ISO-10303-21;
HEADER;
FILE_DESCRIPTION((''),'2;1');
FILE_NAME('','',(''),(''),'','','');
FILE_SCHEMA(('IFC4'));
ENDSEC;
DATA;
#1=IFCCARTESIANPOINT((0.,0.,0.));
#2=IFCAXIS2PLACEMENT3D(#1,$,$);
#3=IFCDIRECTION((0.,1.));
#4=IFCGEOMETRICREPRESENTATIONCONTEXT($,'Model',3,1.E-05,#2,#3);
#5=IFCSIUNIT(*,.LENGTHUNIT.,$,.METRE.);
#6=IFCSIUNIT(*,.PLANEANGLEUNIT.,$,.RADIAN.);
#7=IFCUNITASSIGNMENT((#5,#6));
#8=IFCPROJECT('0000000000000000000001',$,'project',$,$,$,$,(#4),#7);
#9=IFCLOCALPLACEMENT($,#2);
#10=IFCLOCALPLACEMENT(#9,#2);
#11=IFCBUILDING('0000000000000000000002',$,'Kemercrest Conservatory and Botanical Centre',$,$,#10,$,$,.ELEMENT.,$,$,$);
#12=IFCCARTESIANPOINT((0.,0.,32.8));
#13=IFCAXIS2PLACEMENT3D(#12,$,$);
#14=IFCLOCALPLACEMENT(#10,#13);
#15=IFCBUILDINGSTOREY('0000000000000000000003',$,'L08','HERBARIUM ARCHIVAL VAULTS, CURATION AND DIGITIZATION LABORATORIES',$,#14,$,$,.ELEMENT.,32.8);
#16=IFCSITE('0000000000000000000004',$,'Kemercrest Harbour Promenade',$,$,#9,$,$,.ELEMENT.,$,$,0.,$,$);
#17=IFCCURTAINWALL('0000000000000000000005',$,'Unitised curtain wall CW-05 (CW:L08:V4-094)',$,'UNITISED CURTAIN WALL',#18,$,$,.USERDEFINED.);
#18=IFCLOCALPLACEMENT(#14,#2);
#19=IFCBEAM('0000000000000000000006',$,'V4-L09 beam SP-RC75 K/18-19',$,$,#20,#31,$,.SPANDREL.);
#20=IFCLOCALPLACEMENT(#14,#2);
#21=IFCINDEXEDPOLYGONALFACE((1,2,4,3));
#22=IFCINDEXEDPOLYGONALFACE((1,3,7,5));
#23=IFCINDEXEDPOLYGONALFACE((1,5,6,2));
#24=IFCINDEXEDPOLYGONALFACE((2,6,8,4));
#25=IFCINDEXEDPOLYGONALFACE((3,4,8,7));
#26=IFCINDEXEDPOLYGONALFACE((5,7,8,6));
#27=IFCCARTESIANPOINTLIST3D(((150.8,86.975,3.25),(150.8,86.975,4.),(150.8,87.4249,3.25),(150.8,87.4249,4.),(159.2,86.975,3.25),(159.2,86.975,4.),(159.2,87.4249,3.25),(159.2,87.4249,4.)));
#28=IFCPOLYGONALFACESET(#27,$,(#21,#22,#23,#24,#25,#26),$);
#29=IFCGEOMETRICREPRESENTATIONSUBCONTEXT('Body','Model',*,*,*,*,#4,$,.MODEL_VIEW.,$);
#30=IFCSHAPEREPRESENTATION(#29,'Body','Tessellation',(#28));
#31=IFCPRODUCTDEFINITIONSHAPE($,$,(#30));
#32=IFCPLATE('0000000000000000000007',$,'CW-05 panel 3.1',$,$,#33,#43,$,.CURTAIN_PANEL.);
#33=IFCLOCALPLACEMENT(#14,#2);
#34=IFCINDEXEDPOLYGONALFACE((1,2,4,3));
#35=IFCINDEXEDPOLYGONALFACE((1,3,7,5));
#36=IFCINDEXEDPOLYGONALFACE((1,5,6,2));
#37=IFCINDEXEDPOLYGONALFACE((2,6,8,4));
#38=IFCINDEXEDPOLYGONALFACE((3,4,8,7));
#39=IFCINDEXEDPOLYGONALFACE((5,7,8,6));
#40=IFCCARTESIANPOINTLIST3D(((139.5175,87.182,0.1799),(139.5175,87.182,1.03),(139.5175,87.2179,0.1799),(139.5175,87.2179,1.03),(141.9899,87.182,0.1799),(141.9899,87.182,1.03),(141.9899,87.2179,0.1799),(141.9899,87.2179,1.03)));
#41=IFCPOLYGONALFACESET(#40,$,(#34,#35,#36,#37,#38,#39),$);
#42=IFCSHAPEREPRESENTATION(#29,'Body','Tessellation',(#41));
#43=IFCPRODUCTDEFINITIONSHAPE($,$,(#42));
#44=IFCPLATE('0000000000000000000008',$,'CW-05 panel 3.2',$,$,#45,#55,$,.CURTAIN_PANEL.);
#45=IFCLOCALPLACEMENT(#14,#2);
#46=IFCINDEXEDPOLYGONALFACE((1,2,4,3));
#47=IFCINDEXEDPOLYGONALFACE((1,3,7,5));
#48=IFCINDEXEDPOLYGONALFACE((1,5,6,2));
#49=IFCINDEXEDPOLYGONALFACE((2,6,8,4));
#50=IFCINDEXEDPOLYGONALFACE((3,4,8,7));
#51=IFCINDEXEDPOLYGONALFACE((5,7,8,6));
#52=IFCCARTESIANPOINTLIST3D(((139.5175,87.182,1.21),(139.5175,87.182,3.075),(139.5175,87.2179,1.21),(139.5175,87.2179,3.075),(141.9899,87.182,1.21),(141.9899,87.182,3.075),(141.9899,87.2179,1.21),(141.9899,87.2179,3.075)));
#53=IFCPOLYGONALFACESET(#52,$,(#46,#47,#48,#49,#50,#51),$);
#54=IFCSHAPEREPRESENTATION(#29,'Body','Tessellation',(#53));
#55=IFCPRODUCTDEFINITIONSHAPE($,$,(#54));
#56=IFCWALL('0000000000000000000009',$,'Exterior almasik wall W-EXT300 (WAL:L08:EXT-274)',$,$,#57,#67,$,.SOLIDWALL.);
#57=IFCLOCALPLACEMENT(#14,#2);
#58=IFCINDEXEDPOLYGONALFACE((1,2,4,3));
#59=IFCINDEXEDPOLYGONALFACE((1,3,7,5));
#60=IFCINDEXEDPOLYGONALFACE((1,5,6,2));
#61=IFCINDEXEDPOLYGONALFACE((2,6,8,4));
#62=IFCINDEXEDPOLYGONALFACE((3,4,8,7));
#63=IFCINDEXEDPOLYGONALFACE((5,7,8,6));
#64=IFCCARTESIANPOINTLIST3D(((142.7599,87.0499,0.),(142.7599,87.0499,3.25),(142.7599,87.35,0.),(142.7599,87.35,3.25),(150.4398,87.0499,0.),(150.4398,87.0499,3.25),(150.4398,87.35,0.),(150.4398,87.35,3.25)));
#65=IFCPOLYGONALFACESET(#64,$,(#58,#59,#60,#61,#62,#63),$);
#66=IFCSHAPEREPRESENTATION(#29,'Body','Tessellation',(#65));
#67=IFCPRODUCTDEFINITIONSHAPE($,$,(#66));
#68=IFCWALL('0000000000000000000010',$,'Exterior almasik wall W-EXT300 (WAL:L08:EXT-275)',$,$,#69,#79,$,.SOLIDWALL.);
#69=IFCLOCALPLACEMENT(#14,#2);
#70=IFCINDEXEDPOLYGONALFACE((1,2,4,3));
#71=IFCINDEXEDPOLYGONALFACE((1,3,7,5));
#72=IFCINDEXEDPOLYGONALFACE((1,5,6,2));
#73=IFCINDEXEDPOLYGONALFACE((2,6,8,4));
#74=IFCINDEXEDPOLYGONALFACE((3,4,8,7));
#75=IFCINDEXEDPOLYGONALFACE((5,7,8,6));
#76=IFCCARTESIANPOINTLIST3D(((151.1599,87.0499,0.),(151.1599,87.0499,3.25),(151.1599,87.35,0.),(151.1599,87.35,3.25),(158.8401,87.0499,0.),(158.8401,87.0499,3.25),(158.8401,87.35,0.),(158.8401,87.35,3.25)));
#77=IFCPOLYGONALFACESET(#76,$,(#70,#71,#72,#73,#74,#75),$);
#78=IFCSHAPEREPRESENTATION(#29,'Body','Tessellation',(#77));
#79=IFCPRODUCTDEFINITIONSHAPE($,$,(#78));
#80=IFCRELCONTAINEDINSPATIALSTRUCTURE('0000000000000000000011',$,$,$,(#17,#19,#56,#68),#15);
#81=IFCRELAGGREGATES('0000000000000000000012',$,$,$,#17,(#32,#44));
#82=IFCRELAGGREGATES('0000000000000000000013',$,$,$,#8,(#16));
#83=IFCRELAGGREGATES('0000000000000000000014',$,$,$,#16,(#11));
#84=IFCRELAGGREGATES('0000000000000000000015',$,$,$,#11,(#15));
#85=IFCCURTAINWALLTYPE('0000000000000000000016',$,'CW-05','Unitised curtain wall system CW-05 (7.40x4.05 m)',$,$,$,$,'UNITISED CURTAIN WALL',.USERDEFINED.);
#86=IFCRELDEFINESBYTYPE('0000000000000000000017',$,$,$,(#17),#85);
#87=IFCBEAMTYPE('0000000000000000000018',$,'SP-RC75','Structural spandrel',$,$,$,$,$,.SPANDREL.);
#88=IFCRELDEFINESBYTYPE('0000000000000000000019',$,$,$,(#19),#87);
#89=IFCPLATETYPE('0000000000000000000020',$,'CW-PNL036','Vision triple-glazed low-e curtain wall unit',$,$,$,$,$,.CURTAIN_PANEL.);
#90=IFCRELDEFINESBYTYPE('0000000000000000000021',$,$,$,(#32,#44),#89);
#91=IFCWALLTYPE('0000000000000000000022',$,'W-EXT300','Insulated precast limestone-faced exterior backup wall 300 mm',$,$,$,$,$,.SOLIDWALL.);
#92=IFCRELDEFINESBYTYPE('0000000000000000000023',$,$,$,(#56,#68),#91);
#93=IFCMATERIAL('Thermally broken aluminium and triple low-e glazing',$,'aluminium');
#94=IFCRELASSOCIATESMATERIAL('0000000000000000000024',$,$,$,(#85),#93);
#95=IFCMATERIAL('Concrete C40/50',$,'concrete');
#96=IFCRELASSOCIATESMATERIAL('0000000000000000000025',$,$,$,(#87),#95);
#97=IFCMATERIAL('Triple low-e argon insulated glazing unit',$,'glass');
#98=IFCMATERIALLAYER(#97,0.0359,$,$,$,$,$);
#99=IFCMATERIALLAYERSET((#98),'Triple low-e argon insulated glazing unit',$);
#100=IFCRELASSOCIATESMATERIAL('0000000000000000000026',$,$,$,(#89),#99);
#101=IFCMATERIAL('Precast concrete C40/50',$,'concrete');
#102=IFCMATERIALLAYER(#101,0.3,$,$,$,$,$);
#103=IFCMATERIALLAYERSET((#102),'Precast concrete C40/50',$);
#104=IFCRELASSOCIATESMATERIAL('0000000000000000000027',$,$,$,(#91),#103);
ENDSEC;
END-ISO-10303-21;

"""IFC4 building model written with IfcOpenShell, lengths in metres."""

from ifc_helpers import new_model, si_unit, direction, frame, frame_2d, origin, origin_2d, place, context, subcontext, project, spatial, rectangle, extrude, material, layer, layer_set, material_profile, profile_set, type_object, element, aggregate, save


model = new_model("IFC4")

# Units and contexts
model_context = context("Model", 3, precision=1e-05, world=origin(), true_north=direction((0.0, 1.0)))
body_context = subcontext(model_context, "Body", "Model", "MODEL_VIEW")
ifc_project = project(units=[si_unit("LENGTHUNIT", "METRE"), si_unit("PLANEANGLEUNIT", "RADIAN")], contexts=[model_context])

# Site, building, storey
site_placement = place(None, origin())
site = spatial("IfcSite", under=ifc_project, at=site_placement, Name="Kemercrest Harbour Promenade", CompositionType="ELEMENT", RefElevation=0.0)
building_placement = place(site_placement, origin())
building = spatial("IfcBuilding", under=site, at=building_placement, Name="Kemercrest Conservatory and Botanical Centre", CompositionType="ELEMENT")
storey_placement = place(building_placement, frame((0.0, 0.0, 32.8)))
storey = spatial("IfcBuildingStorey", under=building, at=storey_placement, Name="L08", Description="HERBARIUM ARCHIVAL VAULTS, CURATION AND DIGITIZATION LABORATORIES", CompositionType="ELEMENT", Elevation=32.8)

# Shared definitions
ifc_material_1 = material(Name="Concrete C40/50", Category="concrete")

# Curtain wall
ifc_material_2 = material(Name="Thermally broken aluminium and triple low-e glazing", Category="aluminium")
curtain_wall_type = type_object("IfcCurtainWallType", Name="CW-05", Description="Unitised curtain wall system CW-05 (7.40x4.05 m)", ElementType="UNITISED CURTAIN WALL", PredefinedType="USERDEFINED", material=ifc_material_2)
curtain_wall_placement = place(storey_placement, origin())
curtain_wall = element("IfcCurtainWall", 1, at=curtain_wall_placement, inside=storey, type_object=curtain_wall_type, Name="Unitised curtain wall CW-05 (CW:L08:V4-094)", ObjectType="UNITISED CURTAIN WALL", PredefinedType="USERDEFINED")

# Beam
ifc_material_profile_1 = material_profile(ifc_material_1, rectangle(XDim=0.45, YDim=0.75, at=origin_2d()), Name="RC 450x750")
ifc_profile_set_1 = profile_set([ifc_material_profile_1], Name="Concrete C40/50")
beam_type_1 = type_object("IfcBeamType", Name="SP-RC75", Description="Structural spandrel", PredefinedType="SPANDREL", material=ifc_profile_set_1)
beam_1_placement = place(storey_placement, frame((150.8, 87.2, 3.625), z_axis=(1.0, 0.0, 0.0), x_axis=(0.0, 1.0, 0.0)))
element("IfcBeam", 2, at=beam_1_placement, inside=storey, type_object=beam_type_1, Name="V4-L09 beam SP-RC75 K/18-19", PredefinedType="SPANDREL", context=body_context, shape_type="SweptSolid", body=[
    extrude(rectangle(XDim=0.45, YDim=0.75, at=origin_2d()), origin(), (0.0, 0.0, 1.0), 8.3999),
])

# Plates
ifc_material_3 = material(Name="Triple low-e argon insulated glazing unit", Category="glass")
ifc_layer_1 = layer(ifc_material_3, 0.0359)
ifc_layer_set_1 = layer_set([ifc_layer_1], Name="Triple low-e argon insulated glazing unit")
plate_type = type_object("IfcPlateType", Name="CW-PNL036", Description="Vision triple-glazed low-e curtain wall unit", PredefinedType="CURTAIN_PANEL", material=ifc_layer_set_1)
plate_1_placement = place(storey_placement, frame((140.7537, 87.2, 0.1799), z_axis=(0.0, 0.0, 1.0), x_axis=(1.0, 0.0, 0.0)))
plate_1 = element("IfcPlate", 3, at=plate_1_placement, type_object=plate_type, Name="CW-05 panel 3.1", PredefinedType="CURTAIN_PANEL", context=body_context, shape_type="SweptSolid", body=[
    extrude(rectangle(XDim=2.4724, YDim=0.0359, at=origin_2d()), origin(), (0.0, 0.0, 1.0), 0.8501),
])
plate_2_placement = place(storey_placement, frame((140.7537, 87.2, 1.21), z_axis=(0.0, 0.0, 1.0), x_axis=(1.0, 0.0, 0.0)))
plate_2 = element("IfcPlate", 4, at=plate_2_placement, type_object=plate_type, Name="CW-05 panel 3.2", PredefinedType="CURTAIN_PANEL", context=body_context, shape_type="SweptSolid", body=[
    extrude(rectangle(XDim=2.4724, YDim=0.0359, at=origin_2d()), origin(), (0.0, 0.0, 1.0), 1.865),
])
aggregate(curtain_wall, [plate_1, plate_2])

# Walls
ifc_material_4 = material(Name="Precast concrete C40/50", Category="concrete")
ifc_layer_2 = layer(ifc_material_4, 0.3)
ifc_layer_set_2 = layer_set([ifc_layer_2], Name="Precast concrete C40/50")
wall_type_1 = type_object("IfcWallType", Name="W-EXT300", Description="Insulated precast limestone-faced exterior backup wall 300 mm", PredefinedType="SOLIDWALL", material=ifc_layer_set_2)
wall_1_placement = place(storey_placement, frame((142.76, 87.2, 0.0), z_axis=(0.0, 0.0, 1.0), x_axis=(1.0, 0.0, 0.0)))
element("IfcWall", 5, at=wall_1_placement, inside=storey, type_object=wall_type_1, Name="Exterior almasik wall W-EXT300 (WAL:L08:EXT-274)", PredefinedType="SOLIDWALL", context=body_context, shape_type="SweptSolid", body=[
    extrude(rectangle(XDim=7.6799, YDim=0.3, at=frame_2d((3.8398, 0.0))), origin(), (0.0, 0.0, 1.0), 3.25),
])
wall_2_placement = place(storey_placement, frame((151.1599, 87.2, 0.0), z_axis=(0.0, 0.0, 1.0), x_axis=(1.0, 0.0, 0.0)))
element("IfcWall", 6, at=wall_2_placement, inside=storey, type_object=wall_type_1, Name="Exterior almasik wall W-EXT300 (WAL:L08:EXT-275)", PredefinedType="SOLIDWALL", context=body_context, shape_type="SweptSolid", body=[
    extrude(rectangle(XDim=7.6802, YDim=0.3, at=frame_2d((3.8401, 0.0))), origin(), (0.0, 0.0, 1.0), 3.25),
])

save(model, "model.ifc")
